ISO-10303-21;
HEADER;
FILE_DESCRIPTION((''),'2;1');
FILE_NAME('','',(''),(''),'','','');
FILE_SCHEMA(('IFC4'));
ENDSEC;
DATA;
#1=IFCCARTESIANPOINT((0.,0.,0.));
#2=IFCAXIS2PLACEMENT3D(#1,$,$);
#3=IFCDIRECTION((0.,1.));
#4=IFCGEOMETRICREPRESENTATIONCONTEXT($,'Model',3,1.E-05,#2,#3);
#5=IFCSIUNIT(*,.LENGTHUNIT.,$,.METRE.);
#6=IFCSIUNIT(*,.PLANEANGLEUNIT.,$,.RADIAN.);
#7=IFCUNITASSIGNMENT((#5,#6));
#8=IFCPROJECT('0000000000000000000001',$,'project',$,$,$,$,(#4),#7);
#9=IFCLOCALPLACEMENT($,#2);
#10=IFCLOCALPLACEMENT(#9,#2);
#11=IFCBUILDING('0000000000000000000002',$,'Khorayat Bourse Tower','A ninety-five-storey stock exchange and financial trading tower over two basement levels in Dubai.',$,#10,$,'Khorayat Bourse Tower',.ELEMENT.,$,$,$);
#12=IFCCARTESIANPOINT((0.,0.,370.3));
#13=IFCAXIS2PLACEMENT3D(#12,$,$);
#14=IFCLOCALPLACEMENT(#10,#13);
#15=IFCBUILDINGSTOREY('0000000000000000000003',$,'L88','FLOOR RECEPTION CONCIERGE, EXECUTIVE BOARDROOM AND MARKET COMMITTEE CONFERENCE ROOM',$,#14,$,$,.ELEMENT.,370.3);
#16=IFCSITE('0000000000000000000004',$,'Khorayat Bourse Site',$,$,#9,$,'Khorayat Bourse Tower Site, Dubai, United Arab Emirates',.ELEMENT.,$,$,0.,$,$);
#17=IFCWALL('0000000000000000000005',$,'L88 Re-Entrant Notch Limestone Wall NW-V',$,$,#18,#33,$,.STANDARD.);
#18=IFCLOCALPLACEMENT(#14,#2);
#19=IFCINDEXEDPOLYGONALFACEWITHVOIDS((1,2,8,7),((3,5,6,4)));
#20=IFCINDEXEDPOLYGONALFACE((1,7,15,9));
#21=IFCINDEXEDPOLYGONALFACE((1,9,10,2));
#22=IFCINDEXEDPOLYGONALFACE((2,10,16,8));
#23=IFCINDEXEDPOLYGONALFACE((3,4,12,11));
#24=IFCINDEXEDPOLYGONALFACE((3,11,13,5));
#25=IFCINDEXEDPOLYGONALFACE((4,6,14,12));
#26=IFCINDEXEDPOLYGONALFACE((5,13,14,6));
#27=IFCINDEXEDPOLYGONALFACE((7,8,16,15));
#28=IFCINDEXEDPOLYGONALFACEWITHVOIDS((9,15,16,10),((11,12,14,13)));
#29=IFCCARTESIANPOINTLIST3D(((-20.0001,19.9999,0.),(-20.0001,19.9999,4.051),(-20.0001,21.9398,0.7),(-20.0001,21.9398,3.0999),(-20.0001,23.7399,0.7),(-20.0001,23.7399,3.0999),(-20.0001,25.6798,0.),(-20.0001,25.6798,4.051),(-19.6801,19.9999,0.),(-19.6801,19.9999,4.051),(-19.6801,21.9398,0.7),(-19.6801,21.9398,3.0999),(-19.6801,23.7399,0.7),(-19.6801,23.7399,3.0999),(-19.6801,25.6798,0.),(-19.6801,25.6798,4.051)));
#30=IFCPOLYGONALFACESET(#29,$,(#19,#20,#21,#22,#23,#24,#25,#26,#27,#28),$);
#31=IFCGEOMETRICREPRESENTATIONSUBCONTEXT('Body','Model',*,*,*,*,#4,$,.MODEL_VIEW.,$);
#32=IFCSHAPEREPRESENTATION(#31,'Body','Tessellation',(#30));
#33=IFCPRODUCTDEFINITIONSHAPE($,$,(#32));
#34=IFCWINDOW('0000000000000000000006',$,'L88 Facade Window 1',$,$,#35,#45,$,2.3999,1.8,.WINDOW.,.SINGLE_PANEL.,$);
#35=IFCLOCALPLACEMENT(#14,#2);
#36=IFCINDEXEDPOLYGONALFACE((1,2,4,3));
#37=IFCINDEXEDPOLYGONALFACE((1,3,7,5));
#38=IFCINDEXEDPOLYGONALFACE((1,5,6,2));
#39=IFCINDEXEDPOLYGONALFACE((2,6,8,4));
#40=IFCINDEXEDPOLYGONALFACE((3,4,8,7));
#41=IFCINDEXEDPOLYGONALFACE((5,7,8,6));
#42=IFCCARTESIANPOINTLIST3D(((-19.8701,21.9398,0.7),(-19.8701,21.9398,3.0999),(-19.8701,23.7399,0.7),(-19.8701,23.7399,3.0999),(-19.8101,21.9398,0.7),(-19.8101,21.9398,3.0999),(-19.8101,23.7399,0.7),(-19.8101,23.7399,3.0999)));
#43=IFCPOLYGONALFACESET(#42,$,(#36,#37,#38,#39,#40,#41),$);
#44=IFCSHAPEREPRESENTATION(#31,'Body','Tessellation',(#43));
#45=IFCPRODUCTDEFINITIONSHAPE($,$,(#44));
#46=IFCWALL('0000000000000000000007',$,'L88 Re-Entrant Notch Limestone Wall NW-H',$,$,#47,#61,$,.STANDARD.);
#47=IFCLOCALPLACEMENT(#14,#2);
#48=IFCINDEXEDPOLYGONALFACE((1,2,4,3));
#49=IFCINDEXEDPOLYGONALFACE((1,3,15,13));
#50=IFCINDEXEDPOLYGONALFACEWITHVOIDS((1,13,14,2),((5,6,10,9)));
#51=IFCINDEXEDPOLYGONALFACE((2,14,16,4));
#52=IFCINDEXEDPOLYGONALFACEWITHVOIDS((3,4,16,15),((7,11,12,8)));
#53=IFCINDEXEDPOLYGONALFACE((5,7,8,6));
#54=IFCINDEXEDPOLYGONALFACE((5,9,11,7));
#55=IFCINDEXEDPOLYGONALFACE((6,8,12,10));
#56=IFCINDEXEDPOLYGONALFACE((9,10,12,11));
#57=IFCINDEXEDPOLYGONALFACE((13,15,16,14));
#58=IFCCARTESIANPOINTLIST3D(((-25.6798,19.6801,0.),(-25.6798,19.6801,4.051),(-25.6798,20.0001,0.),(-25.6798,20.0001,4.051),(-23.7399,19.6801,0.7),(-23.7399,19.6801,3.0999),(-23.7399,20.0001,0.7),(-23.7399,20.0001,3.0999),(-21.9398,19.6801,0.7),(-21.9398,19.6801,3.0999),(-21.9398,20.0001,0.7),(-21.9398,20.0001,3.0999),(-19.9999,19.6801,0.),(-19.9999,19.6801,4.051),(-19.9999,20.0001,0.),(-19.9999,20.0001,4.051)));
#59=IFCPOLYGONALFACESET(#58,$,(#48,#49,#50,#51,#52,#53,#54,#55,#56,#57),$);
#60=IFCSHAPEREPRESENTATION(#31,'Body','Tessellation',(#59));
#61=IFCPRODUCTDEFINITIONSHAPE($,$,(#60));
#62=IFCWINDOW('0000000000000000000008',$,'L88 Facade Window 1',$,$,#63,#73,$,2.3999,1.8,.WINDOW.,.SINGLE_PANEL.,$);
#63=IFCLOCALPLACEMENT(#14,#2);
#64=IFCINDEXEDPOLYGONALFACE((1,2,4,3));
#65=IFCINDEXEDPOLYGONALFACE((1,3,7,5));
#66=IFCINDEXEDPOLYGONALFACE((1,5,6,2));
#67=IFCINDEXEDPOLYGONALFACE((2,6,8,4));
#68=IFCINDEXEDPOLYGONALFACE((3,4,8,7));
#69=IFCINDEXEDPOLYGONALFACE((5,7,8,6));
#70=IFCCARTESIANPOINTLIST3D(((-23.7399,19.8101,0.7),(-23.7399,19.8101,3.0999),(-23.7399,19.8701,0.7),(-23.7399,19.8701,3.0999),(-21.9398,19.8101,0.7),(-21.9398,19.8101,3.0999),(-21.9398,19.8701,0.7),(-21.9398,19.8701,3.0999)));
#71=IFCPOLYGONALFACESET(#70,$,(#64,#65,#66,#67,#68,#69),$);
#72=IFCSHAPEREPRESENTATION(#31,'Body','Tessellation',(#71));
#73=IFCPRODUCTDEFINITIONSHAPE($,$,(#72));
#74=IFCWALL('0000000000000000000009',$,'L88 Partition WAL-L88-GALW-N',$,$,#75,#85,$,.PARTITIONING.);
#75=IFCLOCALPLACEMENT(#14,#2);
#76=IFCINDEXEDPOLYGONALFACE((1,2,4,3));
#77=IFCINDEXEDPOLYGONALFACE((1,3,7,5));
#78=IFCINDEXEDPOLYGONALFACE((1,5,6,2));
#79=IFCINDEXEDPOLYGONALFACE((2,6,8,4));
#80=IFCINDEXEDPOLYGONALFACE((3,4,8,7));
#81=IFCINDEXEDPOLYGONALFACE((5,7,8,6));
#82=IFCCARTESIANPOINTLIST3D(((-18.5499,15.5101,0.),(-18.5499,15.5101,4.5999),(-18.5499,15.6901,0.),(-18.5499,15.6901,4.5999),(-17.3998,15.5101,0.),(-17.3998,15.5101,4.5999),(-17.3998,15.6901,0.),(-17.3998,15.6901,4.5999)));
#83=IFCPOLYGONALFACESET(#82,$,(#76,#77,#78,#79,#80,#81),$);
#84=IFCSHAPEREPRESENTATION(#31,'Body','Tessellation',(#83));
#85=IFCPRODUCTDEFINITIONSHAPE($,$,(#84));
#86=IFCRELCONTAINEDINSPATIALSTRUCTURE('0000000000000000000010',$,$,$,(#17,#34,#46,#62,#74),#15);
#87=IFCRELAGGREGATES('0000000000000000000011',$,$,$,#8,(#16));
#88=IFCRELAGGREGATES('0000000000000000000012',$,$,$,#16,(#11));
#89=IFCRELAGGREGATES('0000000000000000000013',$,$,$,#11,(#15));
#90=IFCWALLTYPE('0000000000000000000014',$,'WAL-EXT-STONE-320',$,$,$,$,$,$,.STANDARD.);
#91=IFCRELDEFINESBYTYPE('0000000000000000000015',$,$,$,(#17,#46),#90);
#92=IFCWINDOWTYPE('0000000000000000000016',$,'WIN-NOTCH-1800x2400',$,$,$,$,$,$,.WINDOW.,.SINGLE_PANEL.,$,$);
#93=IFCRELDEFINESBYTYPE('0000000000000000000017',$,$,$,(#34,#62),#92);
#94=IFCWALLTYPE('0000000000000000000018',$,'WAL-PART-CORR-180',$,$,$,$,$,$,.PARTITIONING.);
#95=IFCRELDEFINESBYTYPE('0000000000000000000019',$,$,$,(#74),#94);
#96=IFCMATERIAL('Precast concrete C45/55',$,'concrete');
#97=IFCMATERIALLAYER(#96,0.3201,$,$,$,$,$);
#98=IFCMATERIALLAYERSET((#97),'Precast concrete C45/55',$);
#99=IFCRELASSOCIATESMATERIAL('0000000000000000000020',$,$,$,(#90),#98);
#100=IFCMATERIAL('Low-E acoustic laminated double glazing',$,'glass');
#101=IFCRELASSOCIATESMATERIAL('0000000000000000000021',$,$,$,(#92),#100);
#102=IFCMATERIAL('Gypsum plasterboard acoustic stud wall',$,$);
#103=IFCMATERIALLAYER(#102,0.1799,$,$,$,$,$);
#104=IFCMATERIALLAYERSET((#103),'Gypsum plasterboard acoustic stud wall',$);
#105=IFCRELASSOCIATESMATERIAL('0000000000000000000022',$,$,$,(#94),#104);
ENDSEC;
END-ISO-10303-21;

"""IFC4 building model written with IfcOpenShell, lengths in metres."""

from ifc_helpers import new_model, si_unit, direction, frame, frame_2d, origin, place, context, subcontext, project, spatial, rectangle, extrude, source, transform, mapped, material, layer, layer_set, type_object, element, fill, save


model = new_model("IFC4")

# Units and contexts
model_context = context("Model", 3, precision=1e-05, world=origin(), true_north=direction((0.0, 1.0)))
body_context = subcontext(model_context, "Body", "Model", "MODEL_VIEW")
ifc_project = project(units=[si_unit("LENGTHUNIT", "METRE"), si_unit("PLANEANGLEUNIT", "RADIAN")], contexts=[model_context])

# Site, building, storey
site_placement = place(None, origin())
site = spatial("IfcSite", under=ifc_project, at=site_placement, Name="Khorayat Bourse Site", LongName="Khorayat Bourse Tower Site, Dubai, United Arab Emirates", CompositionType="ELEMENT", RefElevation=0.0)
building_placement = place(site_placement, origin())
building = spatial("IfcBuilding", under=site, at=building_placement, Name="Khorayat Bourse Tower", Description="A ninety-five-storey stock exchange and financial trading tower over two basement levels in Dubai.", LongName="Khorayat Bourse Tower", CompositionType="ELEMENT")
storey_placement = place(building_placement, frame((0.0, 0.0, 370.3)))
storey = spatial("IfcBuildingStorey", under=building, at=storey_placement, Name="L88", Description="FLOOR RECEPTION CONCIERGE, EXECUTIVE BOARDROOM AND MARKET COMMITTEE CONFERENCE ROOM", CompositionType="ELEMENT", Elevation=370.3)

# Walls, openings, windows
ifc_material_1 = material(Name="Precast concrete C45/55", Category="concrete")
ifc_layer_1 = layer(ifc_material_1, 0.3201)
ifc_layer_set_1 = layer_set([ifc_layer_1], Name="Precast concrete C45/55")
wall_type_1 = type_object("IfcWallType", Name="WAL-EXT-STONE-320", PredefinedType="STANDARD", material=ifc_layer_set_1)
shared_shape_1 = source(origin(), body_context, "Body", "SweptSolid", [
    extrude(rectangle(XDim=5.6799, YDim=0.3201, at=frame_2d((2.8398, 0.0))), origin(), (0.0, 0.0, 1.0), 4.051),
])
wall_1_placement = place(storey_placement, frame((-19.8401, 20.0, 0.0), z_axis=(0.0, 0.0, 1.0), x_axis=(0.0, 1.0, 0.0)))
wall_1 = element("IfcWall", 1, at=wall_1_placement, inside=storey, type_object=wall_type_1, Name="L88 Re-Entrant Notch Limestone Wall NW-V", PredefinedType="STANDARD", context=body_context, shape_type="MappedRepresentation", body=[
    mapped(shared_shape_1, transform((0.0, 0.0, 0.0), scale=1.0)),
])
shared_shape_2 = source(origin(), body_context, "Body", "SweptSolid", [
    extrude(rectangle(XDim=1.8, YDim=2.3999, at=frame_2d((0.8999, 1.2))), frame((0.0, 0.1699, 0.0), z_axis=(0.0, -1.0, 0.0), x_axis=(1.0, 0.0, 0.0)), (0.0, 0.0, 1.0), 0.3401),
])
opening_1_placement = place(wall_1_placement, frame((1.9399, 0.0, 0.7)))
opening_1 = element("IfcOpeningElement", 2, at=opening_1_placement, cuts=wall_1, PredefinedType="OPENING", context=body_context, shape_type="MappedRepresentation", body=[
    mapped(shared_shape_2, transform((0.0, 0.0, 0.0), scale=1.0)),
])
ifc_material_2 = material(Name="Low-E acoustic laminated double glazing", Category="glass")
window_type = type_object("IfcWindowType", Name="WIN-NOTCH-1800x2400", PartitioningType="SINGLE_PANEL", PredefinedType="WINDOW", material=ifc_material_2)
shared_shape_3 = source(origin(), body_context, "Body", "SweptSolid", [
    extrude(rectangle(XDim=1.8, YDim=2.3999, at=frame_2d((0.8999, 1.2))), frame((0.0, 0.03, 0.0), z_axis=(0.0, -1.0, 0.0), x_axis=(1.0, 0.0, 0.0)), (0.0, 0.0, 1.0), 0.0601),
])
window_1_placement = place(opening_1_placement, origin())
window_1 = element("IfcWindow", 3, at=window_1_placement, inside=storey, type_object=window_type, Name="L88 Facade Window 1", OverallHeight=2.3999, OverallWidth=1.8, PartitioningType="SINGLE_PANEL", PredefinedType="WINDOW", context=body_context, shape_type="MappedRepresentation", body=[
    mapped(shared_shape_3, transform((0.0, 0.0, 0.0), scale=1.0)),
])
fill(opening_1, window_1)
wall_2_placement = place(storey_placement, frame((-20.0, 19.8401, 0.0), z_axis=(0.0, 0.0, 1.0), x_axis=(-1.0, 0.0, 0.0)))
wall_2 = element("IfcWall", 4, at=wall_2_placement, inside=storey, type_object=wall_type_1, Name="L88 Re-Entrant Notch Limestone Wall NW-H", PredefinedType="STANDARD", context=body_context, shape_type="MappedRepresentation", body=[
    mapped(shared_shape_1, transform((0.0, 0.0, 0.0), scale=1.0)),
])
opening_2_placement = place(wall_2_placement, frame((1.9399, 0.0, 0.7)))
opening_2 = element("IfcOpeningElement", 5, at=opening_2_placement, cuts=wall_2, PredefinedType="OPENING", context=body_context, shape_type="MappedRepresentation", body=[
    mapped(shared_shape_2, transform((0.0, 0.0, 0.0), scale=1.0)),
])
window_2_placement = place(opening_2_placement, origin())
window_2 = element("IfcWindow", 6, at=window_2_placement, inside=storey, type_object=window_type, Name="L88 Facade Window 1", OverallHeight=2.3999, OverallWidth=1.8, PartitioningType="SINGLE_PANEL", PredefinedType="WINDOW", context=body_context, shape_type="MappedRepresentation", body=[
    mapped(shared_shape_3, transform((0.0, 0.0, 0.0), scale=1.0)),
])
fill(opening_2, window_2)

# Wall
ifc_material_3 = material(Name="Gypsum plasterboard acoustic stud wall")
ifc_layer_2 = layer(ifc_material_3, 0.1799)
ifc_layer_set_2 = layer_set([ifc_layer_2], Name="Gypsum plasterboard acoustic stud wall")
wall_type_2 = type_object("IfcWallType", Name="WAL-PART-CORR-180", PredefinedType="PARTITIONING", material=ifc_layer_set_2)
shared_shape_4 = source(origin(), body_context, "Body", "SweptSolid", [
    extrude(rectangle(XDim=1.1501, YDim=0.1799, at=frame_2d((0.5752, 0.0))), origin(), (0.0, 0.0, 1.0), 4.5999),
])
wall_3_placement = place(storey_placement, frame((-18.55, 15.6001, 0.0), z_axis=(0.0, 0.0, 1.0), x_axis=(1.0, 0.0, 0.0)))
element("IfcWall", 7, at=wall_3_placement, inside=storey, type_object=wall_type_2, Name="L88 Partition WAL-L88-GALW-N", PredefinedType="PARTITIONING", context=body_context, shape_type="MappedRepresentation", body=[
    mapped(shared_shape_4, transform((0.0, 0.0, 0.0), scale=1.0)),
])

save(model, "model.ifc")
